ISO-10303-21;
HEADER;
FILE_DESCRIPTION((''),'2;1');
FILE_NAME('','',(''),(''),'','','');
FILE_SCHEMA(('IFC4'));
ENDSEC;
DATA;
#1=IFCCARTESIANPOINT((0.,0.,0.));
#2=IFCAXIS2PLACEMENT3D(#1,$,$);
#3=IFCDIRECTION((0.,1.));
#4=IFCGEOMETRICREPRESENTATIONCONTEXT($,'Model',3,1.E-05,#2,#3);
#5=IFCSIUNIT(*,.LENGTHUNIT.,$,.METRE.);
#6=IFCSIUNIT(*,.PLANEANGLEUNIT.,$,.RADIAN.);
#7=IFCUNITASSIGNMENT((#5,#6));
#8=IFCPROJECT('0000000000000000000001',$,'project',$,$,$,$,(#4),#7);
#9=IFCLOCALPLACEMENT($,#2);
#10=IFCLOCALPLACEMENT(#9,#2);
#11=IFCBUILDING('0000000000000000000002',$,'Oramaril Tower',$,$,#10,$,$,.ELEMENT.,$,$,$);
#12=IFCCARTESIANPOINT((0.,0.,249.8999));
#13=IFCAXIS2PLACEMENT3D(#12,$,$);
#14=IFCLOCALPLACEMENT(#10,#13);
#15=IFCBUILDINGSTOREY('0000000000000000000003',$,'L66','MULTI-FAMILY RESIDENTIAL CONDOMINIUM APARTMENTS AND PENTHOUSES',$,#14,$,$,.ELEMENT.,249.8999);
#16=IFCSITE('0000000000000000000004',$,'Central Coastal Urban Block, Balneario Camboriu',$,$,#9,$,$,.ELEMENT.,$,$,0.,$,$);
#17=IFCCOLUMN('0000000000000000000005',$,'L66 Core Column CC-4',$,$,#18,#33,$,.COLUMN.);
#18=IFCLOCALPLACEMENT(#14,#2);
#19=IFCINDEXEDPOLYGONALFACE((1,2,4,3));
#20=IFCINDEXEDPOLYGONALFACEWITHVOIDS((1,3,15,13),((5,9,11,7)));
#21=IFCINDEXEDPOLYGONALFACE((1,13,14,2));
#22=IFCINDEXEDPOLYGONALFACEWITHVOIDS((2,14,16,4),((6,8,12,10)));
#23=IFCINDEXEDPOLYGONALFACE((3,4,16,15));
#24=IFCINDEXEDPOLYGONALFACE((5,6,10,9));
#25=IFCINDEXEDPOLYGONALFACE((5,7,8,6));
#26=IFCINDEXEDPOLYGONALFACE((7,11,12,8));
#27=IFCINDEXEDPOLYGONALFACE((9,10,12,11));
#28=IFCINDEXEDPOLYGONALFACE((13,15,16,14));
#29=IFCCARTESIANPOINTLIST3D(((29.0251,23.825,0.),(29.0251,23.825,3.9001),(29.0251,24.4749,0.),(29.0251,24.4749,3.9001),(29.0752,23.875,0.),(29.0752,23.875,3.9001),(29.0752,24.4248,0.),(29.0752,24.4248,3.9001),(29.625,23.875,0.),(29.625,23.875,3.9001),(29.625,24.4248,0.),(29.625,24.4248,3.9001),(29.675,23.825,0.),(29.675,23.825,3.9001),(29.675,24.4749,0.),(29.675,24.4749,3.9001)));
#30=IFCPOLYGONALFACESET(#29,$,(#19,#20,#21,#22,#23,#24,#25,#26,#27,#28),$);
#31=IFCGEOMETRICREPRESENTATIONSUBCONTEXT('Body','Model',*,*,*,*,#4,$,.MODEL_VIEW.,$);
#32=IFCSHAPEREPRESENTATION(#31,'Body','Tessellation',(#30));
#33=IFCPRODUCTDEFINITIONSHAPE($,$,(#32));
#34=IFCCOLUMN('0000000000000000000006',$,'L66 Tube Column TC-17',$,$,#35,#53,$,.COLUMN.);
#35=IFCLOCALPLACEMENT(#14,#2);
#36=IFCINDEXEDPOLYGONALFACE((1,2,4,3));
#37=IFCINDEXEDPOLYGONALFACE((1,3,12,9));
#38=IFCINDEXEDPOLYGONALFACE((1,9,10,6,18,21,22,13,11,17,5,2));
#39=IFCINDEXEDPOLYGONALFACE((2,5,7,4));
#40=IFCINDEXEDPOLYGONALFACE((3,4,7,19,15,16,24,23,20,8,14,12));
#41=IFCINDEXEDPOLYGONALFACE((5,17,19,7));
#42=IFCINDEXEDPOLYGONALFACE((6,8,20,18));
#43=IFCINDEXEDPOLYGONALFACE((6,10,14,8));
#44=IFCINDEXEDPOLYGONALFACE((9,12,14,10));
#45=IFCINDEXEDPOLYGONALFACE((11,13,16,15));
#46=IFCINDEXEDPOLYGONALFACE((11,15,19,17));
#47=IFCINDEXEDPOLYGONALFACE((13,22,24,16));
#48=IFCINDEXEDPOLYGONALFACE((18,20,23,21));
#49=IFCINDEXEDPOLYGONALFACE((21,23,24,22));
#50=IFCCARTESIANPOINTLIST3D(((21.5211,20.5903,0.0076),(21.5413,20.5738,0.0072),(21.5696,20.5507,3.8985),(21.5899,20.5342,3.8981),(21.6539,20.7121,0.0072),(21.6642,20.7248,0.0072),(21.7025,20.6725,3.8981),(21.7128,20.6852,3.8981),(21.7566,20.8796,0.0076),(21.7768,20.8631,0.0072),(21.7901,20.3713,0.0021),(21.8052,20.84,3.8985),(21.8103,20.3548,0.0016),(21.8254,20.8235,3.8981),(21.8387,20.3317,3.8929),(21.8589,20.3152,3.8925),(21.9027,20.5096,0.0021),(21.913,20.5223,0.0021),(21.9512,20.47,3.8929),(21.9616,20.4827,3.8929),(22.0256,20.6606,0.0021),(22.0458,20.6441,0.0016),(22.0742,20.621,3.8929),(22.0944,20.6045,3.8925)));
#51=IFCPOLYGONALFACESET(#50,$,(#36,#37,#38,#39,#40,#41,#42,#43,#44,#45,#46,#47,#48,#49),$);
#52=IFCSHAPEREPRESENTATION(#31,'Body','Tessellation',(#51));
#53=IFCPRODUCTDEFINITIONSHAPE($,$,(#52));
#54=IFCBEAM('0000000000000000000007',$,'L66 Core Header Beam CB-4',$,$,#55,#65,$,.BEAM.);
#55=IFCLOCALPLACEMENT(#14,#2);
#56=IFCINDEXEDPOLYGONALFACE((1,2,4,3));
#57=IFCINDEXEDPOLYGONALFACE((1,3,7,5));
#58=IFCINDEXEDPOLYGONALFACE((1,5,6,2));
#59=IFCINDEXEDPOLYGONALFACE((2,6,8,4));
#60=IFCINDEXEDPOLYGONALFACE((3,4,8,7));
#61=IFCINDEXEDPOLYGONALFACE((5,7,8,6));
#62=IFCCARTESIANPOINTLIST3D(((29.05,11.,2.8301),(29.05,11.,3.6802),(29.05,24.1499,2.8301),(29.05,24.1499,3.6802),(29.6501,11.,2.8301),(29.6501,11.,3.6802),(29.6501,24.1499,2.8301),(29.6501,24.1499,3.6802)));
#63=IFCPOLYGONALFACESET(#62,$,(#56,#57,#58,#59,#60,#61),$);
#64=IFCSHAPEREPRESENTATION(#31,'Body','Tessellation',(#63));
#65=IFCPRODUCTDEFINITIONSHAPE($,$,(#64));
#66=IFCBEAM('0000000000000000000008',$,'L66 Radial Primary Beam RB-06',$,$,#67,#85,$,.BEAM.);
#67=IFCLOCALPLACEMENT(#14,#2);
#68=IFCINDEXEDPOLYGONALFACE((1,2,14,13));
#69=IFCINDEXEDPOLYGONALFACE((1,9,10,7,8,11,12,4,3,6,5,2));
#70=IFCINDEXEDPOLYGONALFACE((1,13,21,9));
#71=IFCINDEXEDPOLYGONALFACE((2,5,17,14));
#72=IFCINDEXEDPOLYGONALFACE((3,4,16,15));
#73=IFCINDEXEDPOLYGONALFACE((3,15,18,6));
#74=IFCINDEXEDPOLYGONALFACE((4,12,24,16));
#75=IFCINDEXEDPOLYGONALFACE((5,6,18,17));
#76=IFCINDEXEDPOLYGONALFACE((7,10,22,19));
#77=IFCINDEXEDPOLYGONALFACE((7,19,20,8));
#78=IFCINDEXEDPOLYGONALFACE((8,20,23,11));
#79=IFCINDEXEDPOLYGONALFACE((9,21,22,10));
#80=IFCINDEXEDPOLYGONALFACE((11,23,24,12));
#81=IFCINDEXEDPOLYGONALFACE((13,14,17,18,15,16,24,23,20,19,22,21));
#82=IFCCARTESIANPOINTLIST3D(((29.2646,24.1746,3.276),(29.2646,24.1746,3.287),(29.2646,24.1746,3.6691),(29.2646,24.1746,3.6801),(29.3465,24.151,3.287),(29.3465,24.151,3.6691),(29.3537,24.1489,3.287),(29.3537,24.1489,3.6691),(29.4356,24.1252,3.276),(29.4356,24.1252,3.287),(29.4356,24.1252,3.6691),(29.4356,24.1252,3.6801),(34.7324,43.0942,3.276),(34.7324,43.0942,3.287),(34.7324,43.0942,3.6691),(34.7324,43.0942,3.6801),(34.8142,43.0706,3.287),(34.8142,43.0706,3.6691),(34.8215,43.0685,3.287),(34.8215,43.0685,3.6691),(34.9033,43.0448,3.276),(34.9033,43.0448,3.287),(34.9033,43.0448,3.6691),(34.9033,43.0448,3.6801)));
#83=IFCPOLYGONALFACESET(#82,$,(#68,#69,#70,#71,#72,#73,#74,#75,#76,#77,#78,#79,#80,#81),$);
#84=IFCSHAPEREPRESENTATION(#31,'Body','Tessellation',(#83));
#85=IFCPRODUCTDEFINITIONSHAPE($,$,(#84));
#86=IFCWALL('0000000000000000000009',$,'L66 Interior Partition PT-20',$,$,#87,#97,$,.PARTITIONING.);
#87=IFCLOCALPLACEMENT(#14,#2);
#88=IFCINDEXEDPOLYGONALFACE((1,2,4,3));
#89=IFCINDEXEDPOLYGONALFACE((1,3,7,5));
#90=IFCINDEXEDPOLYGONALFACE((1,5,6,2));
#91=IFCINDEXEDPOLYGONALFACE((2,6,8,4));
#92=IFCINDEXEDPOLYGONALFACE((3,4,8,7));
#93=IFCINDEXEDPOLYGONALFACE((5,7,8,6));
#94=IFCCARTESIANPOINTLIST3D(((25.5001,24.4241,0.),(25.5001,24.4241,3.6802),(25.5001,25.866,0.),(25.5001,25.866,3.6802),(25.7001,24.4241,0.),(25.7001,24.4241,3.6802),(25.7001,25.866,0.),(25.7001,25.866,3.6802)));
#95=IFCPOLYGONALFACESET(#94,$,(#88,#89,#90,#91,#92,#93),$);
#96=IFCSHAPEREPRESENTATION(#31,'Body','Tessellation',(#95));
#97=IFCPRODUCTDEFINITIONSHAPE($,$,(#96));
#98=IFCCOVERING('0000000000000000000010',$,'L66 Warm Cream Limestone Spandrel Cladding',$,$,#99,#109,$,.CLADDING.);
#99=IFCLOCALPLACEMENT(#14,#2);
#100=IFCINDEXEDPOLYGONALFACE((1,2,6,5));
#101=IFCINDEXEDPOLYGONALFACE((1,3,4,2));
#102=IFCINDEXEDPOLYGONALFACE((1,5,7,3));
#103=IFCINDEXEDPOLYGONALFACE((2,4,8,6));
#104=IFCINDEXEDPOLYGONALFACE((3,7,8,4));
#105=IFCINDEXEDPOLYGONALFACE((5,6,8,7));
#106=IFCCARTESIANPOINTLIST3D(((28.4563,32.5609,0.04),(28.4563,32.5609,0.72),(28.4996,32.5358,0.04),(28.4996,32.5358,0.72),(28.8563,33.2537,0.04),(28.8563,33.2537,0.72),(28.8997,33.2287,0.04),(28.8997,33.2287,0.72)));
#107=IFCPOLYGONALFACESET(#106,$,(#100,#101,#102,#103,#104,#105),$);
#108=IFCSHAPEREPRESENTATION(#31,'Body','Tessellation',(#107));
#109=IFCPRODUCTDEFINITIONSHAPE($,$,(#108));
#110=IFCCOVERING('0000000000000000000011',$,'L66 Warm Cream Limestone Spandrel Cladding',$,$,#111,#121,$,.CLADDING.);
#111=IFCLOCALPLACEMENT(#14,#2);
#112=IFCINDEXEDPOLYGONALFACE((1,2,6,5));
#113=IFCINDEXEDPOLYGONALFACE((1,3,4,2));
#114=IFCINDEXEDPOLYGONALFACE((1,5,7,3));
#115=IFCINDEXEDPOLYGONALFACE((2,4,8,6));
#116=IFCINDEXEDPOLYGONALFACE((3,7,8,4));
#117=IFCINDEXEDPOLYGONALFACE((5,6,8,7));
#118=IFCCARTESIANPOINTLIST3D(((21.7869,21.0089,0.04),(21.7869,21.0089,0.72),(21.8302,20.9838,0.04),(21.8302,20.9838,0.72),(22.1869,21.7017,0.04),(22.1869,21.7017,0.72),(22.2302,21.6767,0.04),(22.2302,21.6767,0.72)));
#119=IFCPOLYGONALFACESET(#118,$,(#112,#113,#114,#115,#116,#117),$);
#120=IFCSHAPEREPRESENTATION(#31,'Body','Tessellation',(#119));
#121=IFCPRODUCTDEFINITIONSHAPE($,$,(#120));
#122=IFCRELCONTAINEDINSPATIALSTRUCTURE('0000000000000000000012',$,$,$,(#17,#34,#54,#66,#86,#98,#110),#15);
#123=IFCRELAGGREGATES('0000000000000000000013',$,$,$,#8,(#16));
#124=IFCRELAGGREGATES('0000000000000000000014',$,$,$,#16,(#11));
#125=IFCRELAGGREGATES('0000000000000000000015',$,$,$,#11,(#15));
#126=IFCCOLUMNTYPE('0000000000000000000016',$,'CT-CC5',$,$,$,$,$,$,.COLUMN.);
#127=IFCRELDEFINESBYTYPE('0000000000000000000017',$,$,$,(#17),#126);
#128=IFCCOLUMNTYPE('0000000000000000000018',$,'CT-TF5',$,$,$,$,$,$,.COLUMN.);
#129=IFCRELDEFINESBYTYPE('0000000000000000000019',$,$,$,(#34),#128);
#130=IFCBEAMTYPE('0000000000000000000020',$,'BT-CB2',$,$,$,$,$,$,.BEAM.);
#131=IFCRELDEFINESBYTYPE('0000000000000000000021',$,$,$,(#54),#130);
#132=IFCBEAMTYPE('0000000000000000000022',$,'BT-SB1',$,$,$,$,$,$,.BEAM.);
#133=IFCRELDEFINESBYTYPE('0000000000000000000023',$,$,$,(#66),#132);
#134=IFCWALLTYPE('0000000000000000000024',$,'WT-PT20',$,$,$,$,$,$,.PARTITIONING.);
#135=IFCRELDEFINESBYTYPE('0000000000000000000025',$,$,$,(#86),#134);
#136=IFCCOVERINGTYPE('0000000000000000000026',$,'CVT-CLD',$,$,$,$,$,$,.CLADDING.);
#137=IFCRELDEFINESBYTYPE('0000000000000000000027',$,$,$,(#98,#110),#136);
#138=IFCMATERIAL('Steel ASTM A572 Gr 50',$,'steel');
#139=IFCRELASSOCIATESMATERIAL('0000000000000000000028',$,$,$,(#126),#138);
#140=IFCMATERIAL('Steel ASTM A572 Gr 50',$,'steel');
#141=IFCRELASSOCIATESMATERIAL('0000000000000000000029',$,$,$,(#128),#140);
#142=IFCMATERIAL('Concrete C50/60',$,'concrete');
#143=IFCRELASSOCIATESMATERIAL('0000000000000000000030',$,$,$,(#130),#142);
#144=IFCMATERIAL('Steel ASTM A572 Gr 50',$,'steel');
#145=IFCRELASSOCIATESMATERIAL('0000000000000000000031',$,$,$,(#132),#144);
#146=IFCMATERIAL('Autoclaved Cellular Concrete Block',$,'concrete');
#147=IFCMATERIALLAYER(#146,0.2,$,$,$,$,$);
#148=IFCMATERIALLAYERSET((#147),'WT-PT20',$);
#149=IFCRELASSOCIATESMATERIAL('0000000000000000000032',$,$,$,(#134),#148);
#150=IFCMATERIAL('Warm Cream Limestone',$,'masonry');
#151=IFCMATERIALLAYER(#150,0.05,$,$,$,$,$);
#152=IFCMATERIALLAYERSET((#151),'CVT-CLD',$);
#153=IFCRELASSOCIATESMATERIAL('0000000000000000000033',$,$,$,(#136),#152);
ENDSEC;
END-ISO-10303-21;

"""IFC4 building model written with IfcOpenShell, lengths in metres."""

from ifc_helpers import new_model, si_unit, direction, frame, frame_2d, origin, origin_2d, place, context, subcontext, project, spatial, rectangle, hollow_rectangle, i_section, extrude, material, layer, layer_set, material_profile, profile_set, type_object, element, save


model = new_model("IFC4")

# Units and contexts
model_context = context("Model", 3, precision=1e-05, world=origin(), true_north=direction((0.0, 1.0)))
body_context = subcontext(model_context, "Body", "Model", "MODEL_VIEW")
ifc_project = project(units=[si_unit("LENGTHUNIT", "METRE"), si_unit("PLANEANGLEUNIT", "RADIAN")], contexts=[model_context])

# Site, building, storey
site_placement = place(None, origin())
site = spatial("IfcSite", under=ifc_project, at=site_placement, Name="Central Coastal Urban Block, Balneario Camboriu", CompositionType="ELEMENT", RefElevation=0.0)
building_placement = place(site_placement, origin())
building = spatial("IfcBuilding", under=site, at=building_placement, Name="Oramaril Tower", CompositionType="ELEMENT")
storey_placement = place(building_placement, frame((0.0, 0.0, 249.8999)))
storey = spatial("IfcBuildingStorey", under=building, at=storey_placement, Name="L66", Description="MULTI-FAMILY RESIDENTIAL CONDOMINIUM APARTMENTS AND PENTHOUSES", CompositionType="ELEMENT", Elevation=249.8999)

# Columns
ifc_material_1 = material(Name="Steel ASTM A572 Gr 50", Category="steel")
ifc_material_profile_1 = material_profile(ifc_material_1, hollow_rectangle(XDim=0.6499, YDim=0.6499, WallThickness=0.05, at=origin_2d()), Name="BOX650X650X50")
ifc_profile_set_1 = profile_set([ifc_material_profile_1], Name="Steel ASTM A572 Gr 50")
column_type_1 = type_object("IfcColumnType", Name="CT-CC5", PredefinedType="COLUMN", material=ifc_profile_set_1)
column_1_placement = place(storey_placement, frame((29.3501, 24.1499, 0.0), z_axis=(0.0, 0.0, 1.0), x_axis=(1.0, 0.0, 0.0)))
element("IfcColumn", 1, at=column_1_placement, inside=storey, type_object=column_type_1, Name="L66 Core Column CC-4", PredefinedType="COLUMN", context=body_context, shape_type="SweptSolid", body=[
    extrude(hollow_rectangle(XDim=0.6499, YDim=0.6499, WallThickness=0.05, at=origin_2d()), origin(), (0.0, 0.0, 1.0), 3.9001),
])
ifc_material_2 = material(Name="Steel ASTM A572 Gr 50", Category="steel")
ifc_material_profile_2 = material_profile(ifc_material_2, i_section(OverallWidth=0.373, OverallDepth=0.373, WebThickness=0.0164, FlangeThickness=0.0261, at=origin_2d()), Name="W14X132")
ifc_profile_set_2 = profile_set([ifc_material_profile_2], Name="Steel ASTM A572 Gr 50")
column_type_2 = type_object("IfcColumnType", Name="CT-TF5", PredefinedType="COLUMN", material=ifc_profile_set_2)
column_2_placement = place(storey_placement, frame((21.7834, 20.6172, 0.0046), z_axis=(0.012485, -0.010164, 0.99987), x_axis=(0.631326, 0.775518, 0.0)))
element("IfcColumn", 2, at=column_2_placement, inside=storey, type_object=column_type_2, Name="L66 Tube Column TC-17", PredefinedType="COLUMN", context=body_context, shape_type="SweptSolid", body=[
    extrude(i_section(OverallWidth=0.373, OverallDepth=0.373, WebThickness=0.0164, FlangeThickness=0.0261, at=origin_2d()), origin(), (0.0, 0.0, 1.0), 3.8914),
])

# Beams
ifc_material_3 = material(Name="Concrete C50/60", Category="concrete")
ifc_material_profile_3 = material_profile(ifc_material_3, rectangle(XDim=0.6001, YDim=0.8501, at=origin_2d()), Name="CB600X850")
ifc_profile_set_3 = profile_set([ifc_material_profile_3], Name="Concrete C50/60")
beam_type_1 = type_object("IfcBeamType", Name="BT-CB2", PredefinedType="BEAM", material=ifc_profile_set_3)
beam_1_placement = place(storey_placement, frame((29.3501, 24.1499, 3.2551), z_axis=(0.0, -1.0, 0.0), x_axis=(1.0, 0.0, 0.0)))
element("IfcBeam", 3, at=beam_1_placement, inside=storey, type_object=beam_type_1, Name="L66 Core Header Beam CB-4", PredefinedType="BEAM", context=body_context, shape_type="SweptSolid", body=[
    extrude(rectangle(XDim=0.6001, YDim=0.8501, at=origin_2d()), origin(), (0.0, 0.0, 1.0), 13.1499),
])
ifc_material_4 = material(Name="Steel ASTM A572 Gr 50", Category="steel")
ifc_material_profile_4 = material_profile(ifc_material_4, i_section(OverallWidth=0.178, OverallDepth=0.4041, WebThickness=0.0076, FlangeThickness=0.011, at=origin_2d()), Name="W16X36")
ifc_profile_set_4 = profile_set([ifc_material_profile_4], Name="Steel ASTM A572 Gr 50")
beam_type_2 = type_object("IfcBeamType", Name="BT-SB1", PredefinedType="BEAM", material=ifc_profile_set_4)
beam_2_placement = place(storey_placement, frame((29.3501, 24.1499, 3.478), z_axis=(0.277638, 0.960686, 0.0), x_axis=(-0.960686, 0.277638, 0.0)))
element("IfcBeam", 4, at=beam_2_placement, inside=storey, type_object=beam_type_2, Name="L66 Radial Primary Beam RB-06", PredefinedType="BEAM", context=body_context, shape_type="SweptSolid", body=[
    extrude(i_section(OverallWidth=0.178, OverallDepth=0.4041, WebThickness=0.0076, FlangeThickness=0.011, at=origin_2d()), origin(), (0.0, 0.0, 1.0), 19.6938),
])

# Shared definitions
ifc_material_5 = material(Name="Autoclaved Cellular Concrete Block", Category="concrete")
ifc_layer_1 = layer(ifc_material_5, 0.2)
ifc_layer_set_1 = layer_set([ifc_layer_1], Name="WT-PT20")
wall_type_1 = type_object("IfcWallType", Name="WT-PT20", PredefinedType="PARTITIONING", material=ifc_layer_set_1)

# Wall
wall_1_placement = place(storey_placement, frame((25.6001, 24.4241, 0.0), z_axis=(0.0, 0.0, 1.0), x_axis=(0.0, 1.0, 0.0)))
element("IfcWall", 5, at=wall_1_placement, inside=storey, type_object=wall_type_1, Name="L66 Interior Partition PT-20", PredefinedType="PARTITIONING", context=body_context, shape_type="SweptSolid", body=[
    extrude(rectangle(XDim=1.4419, YDim=0.2, at=frame_2d((0.7209, 0.0))), origin(), (0.0, 0.0, 1.0), 3.6802),
])

# Coverings
ifc_material_6 = material(Name="Warm Cream Limestone", Category="masonry")
ifc_layer_2 = layer(ifc_material_6, 0.05)
ifc_layer_set_2 = layer_set([ifc_layer_2], Name="CVT-CLD")
covering_type = type_object("IfcCoveringType", Name="CVT-CLD", PredefinedType="CLADDING", material=ifc_layer_set_2)
for number, where, z_axis, x_axis, name in (
    (6, (28.678, 32.8948, 0.04), (0.0, 0.0, 1.0), (-0.499998, -0.866026, 0.0), "L66 Warm Cream Limestone Spandrel Cladding"),
    (7, (22.0085, 21.3428, 0.04), (0.0, 0.0, 1.0), (-0.499998, -0.866026, 0.0), "L66 Warm Cream Limestone Spandrel Cladding"),
):
    element("IfcCovering", number, at=place(storey_placement, frame(where, z_axis=z_axis, x_axis=x_axis)), inside=storey, type_object=covering_type, Name=name, PredefinedType="CLADDING", context=body_context, shape_type="SweptSolid", body=[
        extrude(rectangle(XDim=0.8, YDim=0.05, at=origin_2d()), origin(), (0.0, 0.0, 1.0), 0.6799),
    ])

save(model, "model.ifc")
